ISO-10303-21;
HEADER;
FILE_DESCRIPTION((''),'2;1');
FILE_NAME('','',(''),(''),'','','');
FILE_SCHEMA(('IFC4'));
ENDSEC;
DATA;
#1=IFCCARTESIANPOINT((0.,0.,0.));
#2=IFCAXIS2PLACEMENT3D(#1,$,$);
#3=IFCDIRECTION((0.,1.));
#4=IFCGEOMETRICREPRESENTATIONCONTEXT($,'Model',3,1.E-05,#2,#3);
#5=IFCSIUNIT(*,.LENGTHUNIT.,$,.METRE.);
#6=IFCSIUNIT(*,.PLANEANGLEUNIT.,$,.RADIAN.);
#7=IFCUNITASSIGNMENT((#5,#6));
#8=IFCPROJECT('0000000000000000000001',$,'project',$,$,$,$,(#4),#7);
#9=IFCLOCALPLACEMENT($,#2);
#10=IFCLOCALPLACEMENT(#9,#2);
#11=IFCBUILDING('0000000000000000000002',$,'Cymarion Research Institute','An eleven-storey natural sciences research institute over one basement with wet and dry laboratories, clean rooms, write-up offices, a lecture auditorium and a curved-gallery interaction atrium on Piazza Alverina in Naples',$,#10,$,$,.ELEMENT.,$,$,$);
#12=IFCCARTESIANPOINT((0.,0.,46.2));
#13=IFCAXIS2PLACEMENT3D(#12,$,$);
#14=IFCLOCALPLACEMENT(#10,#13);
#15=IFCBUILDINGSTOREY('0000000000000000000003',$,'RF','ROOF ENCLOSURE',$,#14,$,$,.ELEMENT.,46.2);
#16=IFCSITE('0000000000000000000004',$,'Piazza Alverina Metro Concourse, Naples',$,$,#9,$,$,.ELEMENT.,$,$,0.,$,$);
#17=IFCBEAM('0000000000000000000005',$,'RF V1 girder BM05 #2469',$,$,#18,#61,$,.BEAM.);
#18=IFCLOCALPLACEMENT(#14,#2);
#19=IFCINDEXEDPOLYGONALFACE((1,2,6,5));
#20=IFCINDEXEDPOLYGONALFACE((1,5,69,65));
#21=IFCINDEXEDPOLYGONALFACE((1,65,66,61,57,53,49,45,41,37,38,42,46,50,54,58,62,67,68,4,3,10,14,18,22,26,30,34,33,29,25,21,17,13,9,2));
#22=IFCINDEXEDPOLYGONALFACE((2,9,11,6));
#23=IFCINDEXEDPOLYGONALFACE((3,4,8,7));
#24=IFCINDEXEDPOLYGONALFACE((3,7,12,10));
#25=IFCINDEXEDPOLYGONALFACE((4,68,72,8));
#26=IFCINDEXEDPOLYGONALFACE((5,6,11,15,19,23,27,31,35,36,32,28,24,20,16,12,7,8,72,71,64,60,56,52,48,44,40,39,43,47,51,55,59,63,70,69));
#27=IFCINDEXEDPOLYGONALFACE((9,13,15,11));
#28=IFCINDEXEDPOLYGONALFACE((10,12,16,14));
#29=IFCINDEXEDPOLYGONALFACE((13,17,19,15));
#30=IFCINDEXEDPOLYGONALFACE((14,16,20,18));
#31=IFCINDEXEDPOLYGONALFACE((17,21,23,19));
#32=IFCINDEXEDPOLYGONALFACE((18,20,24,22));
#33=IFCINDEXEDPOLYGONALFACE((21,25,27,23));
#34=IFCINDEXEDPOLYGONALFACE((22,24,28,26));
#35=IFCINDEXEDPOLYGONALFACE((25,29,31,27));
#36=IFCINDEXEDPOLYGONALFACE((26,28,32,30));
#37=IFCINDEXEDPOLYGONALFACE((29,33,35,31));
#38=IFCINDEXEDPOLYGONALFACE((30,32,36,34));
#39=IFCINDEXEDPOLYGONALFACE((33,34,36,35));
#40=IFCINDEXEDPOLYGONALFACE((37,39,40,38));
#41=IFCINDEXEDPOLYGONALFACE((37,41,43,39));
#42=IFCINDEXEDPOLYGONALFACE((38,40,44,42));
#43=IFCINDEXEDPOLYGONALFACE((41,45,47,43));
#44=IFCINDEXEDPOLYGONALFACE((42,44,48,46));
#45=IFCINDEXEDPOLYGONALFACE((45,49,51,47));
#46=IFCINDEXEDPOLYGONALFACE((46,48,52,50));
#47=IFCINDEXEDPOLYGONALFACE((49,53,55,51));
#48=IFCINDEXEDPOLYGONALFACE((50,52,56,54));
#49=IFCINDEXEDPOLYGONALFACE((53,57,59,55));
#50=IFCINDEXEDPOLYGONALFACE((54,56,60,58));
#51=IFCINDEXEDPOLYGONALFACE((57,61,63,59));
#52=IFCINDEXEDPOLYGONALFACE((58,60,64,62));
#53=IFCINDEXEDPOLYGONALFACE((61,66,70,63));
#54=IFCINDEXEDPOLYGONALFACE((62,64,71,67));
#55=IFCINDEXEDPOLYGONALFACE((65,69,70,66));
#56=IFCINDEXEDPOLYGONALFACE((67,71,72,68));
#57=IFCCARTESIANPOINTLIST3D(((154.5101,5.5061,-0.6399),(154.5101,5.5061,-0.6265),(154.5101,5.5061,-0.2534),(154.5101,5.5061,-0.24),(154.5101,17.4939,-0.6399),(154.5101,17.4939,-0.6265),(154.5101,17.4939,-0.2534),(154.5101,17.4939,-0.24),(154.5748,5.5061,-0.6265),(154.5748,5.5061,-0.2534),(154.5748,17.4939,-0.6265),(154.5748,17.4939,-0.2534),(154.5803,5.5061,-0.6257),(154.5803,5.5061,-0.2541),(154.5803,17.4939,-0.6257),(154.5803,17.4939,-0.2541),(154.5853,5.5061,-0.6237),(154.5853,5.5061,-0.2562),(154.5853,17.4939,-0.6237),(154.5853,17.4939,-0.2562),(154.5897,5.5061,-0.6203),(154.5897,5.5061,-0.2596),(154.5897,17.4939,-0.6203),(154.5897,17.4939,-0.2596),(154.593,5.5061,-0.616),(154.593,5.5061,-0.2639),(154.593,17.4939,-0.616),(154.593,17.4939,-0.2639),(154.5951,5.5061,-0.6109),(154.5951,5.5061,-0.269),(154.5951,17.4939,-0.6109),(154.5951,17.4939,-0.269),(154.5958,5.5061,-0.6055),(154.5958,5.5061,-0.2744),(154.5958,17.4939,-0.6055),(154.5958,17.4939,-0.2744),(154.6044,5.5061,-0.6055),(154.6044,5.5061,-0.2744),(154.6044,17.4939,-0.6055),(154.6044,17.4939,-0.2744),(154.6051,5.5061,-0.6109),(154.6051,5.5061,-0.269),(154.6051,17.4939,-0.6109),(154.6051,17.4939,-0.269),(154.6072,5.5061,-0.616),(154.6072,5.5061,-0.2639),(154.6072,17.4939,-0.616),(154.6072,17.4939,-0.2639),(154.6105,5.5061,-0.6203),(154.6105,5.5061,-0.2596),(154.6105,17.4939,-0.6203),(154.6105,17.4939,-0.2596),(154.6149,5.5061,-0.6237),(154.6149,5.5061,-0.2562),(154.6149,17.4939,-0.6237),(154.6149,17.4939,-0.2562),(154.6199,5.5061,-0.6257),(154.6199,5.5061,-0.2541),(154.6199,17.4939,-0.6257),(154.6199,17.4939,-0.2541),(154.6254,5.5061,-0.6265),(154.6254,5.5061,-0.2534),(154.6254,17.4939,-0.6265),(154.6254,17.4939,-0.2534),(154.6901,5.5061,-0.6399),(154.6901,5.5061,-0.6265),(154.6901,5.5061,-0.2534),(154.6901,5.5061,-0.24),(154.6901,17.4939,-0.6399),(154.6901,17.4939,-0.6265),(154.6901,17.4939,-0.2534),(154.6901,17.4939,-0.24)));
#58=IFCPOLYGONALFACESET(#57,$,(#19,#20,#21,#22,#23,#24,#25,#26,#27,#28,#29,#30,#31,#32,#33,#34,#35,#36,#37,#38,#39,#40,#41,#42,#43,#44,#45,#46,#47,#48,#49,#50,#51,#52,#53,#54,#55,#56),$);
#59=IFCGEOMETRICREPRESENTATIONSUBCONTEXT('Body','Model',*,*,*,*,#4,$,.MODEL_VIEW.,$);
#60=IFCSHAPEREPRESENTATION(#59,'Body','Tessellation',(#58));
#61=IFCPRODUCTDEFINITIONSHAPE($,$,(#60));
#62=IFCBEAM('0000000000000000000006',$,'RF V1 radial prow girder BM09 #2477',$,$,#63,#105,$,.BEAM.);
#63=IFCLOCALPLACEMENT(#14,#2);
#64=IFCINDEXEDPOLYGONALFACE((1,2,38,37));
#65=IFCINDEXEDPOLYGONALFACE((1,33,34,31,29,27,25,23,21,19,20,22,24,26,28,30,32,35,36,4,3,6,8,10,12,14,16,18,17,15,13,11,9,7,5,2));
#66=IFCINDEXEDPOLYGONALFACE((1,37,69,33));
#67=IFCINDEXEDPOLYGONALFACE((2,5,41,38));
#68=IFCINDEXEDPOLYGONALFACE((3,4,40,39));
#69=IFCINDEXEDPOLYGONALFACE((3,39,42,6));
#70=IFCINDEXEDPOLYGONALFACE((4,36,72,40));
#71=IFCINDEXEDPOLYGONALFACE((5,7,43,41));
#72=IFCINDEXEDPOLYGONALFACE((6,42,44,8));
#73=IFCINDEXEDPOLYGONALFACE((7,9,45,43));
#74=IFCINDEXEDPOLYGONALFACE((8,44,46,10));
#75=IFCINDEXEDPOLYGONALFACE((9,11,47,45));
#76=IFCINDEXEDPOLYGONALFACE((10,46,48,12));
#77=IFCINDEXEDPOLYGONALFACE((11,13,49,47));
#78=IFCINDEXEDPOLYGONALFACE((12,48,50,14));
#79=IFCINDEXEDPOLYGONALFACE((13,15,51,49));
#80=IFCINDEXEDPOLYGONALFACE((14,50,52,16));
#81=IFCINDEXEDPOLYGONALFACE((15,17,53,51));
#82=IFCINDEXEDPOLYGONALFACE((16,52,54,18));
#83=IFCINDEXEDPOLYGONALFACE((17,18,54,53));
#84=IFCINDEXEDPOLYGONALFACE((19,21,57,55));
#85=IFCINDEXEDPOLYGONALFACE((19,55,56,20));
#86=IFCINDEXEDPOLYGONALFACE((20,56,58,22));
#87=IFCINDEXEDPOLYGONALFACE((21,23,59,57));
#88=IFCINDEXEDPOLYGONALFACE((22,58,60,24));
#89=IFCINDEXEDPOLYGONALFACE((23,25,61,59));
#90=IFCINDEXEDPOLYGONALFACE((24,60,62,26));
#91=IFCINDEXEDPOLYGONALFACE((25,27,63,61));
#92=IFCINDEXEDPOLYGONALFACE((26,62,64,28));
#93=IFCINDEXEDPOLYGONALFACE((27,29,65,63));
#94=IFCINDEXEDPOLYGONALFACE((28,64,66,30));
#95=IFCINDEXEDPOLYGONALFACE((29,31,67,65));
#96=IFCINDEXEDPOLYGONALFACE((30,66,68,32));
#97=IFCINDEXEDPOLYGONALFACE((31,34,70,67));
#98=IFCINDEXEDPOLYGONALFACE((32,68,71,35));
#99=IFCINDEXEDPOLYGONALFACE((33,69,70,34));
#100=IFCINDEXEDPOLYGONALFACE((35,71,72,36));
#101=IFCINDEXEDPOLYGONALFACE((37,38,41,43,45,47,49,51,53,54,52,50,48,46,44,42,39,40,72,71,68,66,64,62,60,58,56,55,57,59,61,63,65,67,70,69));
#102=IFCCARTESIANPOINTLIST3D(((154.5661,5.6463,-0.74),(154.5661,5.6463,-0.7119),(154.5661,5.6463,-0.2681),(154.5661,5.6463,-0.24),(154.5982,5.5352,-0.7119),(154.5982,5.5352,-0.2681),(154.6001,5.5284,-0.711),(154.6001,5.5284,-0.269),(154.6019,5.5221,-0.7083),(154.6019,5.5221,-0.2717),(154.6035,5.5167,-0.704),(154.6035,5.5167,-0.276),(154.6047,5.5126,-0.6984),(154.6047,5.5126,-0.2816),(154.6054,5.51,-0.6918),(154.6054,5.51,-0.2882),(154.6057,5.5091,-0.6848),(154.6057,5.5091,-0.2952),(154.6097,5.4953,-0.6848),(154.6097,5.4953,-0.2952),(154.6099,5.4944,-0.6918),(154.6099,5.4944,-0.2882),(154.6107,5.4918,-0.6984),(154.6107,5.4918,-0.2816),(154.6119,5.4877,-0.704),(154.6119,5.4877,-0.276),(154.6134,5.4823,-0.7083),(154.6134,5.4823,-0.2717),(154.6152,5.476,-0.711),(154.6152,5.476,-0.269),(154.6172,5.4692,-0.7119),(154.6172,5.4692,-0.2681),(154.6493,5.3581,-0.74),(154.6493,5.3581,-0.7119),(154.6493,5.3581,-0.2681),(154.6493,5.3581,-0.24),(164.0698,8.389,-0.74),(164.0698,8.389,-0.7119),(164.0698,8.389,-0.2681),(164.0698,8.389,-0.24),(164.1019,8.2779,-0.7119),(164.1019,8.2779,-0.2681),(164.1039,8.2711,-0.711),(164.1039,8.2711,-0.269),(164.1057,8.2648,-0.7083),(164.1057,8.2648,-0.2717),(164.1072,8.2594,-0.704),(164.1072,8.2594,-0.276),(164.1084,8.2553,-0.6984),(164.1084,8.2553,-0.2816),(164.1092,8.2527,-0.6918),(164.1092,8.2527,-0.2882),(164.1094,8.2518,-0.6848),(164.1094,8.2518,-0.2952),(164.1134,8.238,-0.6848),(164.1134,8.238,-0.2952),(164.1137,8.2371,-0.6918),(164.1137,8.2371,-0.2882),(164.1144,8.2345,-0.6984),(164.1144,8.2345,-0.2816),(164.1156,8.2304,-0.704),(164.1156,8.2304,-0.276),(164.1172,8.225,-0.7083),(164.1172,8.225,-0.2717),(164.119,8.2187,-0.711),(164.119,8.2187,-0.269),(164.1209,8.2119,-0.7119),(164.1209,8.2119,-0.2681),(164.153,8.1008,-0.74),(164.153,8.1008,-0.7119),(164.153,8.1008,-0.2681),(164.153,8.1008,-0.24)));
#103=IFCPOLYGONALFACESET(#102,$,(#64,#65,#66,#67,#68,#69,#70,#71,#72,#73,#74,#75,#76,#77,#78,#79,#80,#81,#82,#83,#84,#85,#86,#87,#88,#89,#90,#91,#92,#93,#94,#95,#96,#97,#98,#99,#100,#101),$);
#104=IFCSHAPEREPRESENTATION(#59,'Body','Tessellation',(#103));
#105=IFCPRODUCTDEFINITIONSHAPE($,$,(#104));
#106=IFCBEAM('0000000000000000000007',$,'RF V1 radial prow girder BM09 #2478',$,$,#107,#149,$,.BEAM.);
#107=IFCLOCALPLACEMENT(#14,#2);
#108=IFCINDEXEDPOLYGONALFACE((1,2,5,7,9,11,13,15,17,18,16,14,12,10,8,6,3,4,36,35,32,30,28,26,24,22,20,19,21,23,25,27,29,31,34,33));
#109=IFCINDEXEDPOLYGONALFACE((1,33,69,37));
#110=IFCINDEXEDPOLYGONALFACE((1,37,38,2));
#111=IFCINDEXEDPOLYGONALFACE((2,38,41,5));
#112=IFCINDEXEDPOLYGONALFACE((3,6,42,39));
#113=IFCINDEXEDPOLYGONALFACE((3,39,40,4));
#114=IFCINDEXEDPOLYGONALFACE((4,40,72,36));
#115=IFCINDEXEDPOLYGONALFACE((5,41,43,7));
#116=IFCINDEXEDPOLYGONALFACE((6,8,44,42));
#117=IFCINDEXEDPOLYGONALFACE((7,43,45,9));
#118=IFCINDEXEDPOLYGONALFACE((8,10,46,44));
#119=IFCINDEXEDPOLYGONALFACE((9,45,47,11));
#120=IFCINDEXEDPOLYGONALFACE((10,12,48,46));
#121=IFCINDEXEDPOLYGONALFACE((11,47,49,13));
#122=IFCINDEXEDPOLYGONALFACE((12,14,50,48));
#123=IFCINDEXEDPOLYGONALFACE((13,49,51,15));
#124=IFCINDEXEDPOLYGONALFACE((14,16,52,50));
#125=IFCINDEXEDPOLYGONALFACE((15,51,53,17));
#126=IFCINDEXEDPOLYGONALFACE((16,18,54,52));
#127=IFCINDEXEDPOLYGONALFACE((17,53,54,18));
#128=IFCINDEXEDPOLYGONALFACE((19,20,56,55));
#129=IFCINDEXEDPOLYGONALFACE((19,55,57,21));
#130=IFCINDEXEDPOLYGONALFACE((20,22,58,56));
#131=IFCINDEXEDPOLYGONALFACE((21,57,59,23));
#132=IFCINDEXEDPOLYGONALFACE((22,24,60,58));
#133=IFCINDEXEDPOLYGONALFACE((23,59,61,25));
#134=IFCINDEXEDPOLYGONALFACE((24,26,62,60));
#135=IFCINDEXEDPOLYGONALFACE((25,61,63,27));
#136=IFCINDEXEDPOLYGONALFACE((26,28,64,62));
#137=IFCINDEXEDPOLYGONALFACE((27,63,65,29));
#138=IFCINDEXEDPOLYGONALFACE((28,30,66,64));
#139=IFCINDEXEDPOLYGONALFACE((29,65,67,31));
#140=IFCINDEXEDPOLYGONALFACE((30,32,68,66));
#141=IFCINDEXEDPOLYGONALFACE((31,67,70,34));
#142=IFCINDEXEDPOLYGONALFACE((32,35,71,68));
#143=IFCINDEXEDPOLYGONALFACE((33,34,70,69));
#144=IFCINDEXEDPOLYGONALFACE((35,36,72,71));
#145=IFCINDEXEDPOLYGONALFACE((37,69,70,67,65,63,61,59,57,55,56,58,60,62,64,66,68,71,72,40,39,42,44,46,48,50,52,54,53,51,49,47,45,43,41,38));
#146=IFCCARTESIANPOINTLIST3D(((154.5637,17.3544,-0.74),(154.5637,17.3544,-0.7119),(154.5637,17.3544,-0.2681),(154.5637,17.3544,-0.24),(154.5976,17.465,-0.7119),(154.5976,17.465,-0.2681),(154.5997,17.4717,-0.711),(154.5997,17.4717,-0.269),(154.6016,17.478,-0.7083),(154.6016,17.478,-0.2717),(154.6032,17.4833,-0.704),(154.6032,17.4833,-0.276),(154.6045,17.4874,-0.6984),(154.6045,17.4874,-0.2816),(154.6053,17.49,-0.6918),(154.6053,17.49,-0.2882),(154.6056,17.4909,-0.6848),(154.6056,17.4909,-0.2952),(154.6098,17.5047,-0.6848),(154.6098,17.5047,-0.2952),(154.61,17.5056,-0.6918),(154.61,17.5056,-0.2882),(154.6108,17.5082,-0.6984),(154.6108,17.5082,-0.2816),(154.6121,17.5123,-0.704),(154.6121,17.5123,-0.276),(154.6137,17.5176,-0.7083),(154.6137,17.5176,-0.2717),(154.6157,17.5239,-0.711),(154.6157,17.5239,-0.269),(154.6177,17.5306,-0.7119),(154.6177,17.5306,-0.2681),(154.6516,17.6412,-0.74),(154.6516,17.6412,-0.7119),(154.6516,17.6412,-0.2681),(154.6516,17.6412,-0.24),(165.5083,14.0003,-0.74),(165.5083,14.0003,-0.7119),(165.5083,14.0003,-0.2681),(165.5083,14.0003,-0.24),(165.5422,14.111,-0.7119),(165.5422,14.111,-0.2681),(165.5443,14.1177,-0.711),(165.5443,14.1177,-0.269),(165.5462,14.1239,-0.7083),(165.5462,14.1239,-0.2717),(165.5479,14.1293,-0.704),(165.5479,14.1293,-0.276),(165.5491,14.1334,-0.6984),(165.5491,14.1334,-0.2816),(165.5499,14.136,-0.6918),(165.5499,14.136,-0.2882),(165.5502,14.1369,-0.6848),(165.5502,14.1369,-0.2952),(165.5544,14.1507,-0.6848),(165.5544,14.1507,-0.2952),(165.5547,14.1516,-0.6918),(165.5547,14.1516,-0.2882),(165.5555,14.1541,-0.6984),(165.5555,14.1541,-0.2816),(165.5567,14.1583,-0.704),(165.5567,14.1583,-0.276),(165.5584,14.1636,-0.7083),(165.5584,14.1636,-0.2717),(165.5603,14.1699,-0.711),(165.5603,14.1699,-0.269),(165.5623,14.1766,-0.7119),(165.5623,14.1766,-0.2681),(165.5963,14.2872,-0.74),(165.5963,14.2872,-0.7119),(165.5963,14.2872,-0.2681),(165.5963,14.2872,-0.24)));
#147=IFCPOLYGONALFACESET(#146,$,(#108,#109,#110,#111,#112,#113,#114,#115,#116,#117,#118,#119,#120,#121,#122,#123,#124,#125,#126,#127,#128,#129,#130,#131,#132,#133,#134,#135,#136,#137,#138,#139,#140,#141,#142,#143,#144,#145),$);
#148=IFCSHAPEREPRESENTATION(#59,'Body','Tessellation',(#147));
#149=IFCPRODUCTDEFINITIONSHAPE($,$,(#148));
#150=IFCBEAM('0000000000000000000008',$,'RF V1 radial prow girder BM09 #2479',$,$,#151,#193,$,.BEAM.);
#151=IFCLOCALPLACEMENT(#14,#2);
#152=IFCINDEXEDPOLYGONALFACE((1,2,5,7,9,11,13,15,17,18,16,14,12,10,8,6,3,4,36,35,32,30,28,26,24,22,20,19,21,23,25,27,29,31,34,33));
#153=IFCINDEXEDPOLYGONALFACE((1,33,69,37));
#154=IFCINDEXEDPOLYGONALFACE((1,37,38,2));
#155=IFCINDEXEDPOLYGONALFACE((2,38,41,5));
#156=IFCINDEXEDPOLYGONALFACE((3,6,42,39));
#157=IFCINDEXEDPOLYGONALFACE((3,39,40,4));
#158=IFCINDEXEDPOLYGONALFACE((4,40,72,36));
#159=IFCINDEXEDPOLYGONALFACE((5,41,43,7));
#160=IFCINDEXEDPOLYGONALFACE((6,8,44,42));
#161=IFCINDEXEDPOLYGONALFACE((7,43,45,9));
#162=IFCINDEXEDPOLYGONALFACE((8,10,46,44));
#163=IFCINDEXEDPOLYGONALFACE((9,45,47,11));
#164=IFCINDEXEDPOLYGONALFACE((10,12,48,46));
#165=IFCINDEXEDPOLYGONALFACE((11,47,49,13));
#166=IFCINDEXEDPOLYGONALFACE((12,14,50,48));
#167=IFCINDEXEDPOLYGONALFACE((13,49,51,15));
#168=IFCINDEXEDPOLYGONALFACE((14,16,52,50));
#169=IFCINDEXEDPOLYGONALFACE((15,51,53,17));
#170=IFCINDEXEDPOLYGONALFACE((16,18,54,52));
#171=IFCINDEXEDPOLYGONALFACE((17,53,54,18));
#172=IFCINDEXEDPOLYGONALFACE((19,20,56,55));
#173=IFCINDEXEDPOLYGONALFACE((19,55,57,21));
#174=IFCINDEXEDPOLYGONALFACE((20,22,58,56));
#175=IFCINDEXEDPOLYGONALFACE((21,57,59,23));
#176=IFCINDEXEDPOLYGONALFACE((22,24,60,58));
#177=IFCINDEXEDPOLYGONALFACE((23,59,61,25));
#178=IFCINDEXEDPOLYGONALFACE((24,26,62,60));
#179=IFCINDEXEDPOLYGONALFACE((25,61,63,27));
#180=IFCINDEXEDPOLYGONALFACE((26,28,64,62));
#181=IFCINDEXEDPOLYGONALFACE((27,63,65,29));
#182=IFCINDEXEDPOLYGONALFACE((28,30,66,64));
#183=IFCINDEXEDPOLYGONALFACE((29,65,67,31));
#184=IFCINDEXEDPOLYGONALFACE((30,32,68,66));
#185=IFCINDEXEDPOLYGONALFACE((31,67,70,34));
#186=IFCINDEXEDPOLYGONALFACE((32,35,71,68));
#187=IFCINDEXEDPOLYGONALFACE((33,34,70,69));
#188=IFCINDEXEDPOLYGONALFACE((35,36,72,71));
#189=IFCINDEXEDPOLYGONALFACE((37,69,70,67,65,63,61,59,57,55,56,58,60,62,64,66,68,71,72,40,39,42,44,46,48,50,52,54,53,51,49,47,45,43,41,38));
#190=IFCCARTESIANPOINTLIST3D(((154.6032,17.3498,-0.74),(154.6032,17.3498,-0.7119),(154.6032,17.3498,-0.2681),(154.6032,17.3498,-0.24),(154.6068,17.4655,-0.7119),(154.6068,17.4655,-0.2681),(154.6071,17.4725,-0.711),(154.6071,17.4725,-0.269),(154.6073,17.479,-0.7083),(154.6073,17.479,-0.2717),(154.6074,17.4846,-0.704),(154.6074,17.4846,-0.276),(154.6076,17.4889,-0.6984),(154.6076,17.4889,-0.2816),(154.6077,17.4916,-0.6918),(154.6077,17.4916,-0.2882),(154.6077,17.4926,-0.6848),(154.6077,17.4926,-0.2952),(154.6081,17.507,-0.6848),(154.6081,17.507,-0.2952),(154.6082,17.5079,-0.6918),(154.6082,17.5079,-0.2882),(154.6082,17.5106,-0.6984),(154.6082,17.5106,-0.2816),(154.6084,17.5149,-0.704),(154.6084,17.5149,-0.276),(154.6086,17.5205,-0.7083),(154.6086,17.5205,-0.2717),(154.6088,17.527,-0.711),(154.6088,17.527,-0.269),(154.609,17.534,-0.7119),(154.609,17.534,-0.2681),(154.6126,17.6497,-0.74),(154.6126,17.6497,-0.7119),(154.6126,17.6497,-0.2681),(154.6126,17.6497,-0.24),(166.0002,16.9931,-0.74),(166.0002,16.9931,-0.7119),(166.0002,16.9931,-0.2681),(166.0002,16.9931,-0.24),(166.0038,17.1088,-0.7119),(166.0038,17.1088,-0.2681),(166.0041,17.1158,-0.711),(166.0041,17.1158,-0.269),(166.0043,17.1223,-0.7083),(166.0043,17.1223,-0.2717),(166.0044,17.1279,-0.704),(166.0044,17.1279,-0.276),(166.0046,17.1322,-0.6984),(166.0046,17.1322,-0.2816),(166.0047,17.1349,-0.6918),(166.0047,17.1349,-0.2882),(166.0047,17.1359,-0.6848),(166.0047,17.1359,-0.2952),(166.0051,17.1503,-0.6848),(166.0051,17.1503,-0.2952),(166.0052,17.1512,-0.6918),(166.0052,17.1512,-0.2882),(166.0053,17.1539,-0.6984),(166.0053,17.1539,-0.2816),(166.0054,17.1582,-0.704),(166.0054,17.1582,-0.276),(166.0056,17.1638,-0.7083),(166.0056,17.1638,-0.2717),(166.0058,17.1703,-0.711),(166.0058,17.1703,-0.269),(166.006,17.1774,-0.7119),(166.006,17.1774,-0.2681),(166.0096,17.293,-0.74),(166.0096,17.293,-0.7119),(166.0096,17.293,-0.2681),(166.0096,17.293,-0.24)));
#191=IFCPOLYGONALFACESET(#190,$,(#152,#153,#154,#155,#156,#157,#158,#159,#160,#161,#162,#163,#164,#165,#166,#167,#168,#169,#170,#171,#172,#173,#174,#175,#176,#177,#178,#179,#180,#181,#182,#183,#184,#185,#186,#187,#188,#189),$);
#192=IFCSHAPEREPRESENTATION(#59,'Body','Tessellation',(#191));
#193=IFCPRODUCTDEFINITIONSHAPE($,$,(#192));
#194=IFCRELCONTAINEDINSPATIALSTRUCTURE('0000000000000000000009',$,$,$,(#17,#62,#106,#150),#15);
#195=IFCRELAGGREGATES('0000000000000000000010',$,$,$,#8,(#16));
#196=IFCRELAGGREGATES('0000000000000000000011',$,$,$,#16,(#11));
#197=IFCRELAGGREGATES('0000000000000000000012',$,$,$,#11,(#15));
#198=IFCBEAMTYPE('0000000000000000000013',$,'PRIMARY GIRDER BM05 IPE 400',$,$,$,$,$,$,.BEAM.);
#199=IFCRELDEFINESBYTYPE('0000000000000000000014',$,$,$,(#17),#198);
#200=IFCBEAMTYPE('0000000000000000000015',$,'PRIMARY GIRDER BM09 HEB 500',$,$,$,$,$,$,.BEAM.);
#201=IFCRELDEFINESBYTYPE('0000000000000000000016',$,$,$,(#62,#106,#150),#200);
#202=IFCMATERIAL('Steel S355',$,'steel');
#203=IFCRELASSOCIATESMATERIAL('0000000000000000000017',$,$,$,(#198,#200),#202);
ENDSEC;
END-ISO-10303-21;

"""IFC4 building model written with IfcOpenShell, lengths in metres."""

from ifc_helpers import new_model, si_unit, direction, frame, origin, origin_2d, place, context, subcontext, project, spatial, i_section, extrude, material, material_profile, profile_set, type_object, element, save


model = new_model("IFC4")

# Units and contexts
model_context = context("Model", 3, precision=1e-05, world=origin(), true_north=direction((0.0, 1.0)))
body_context = subcontext(model_context, "Body", "Model", "MODEL_VIEW")
ifc_project = project(units=[si_unit("LENGTHUNIT", "METRE"), si_unit("PLANEANGLEUNIT", "RADIAN")], contexts=[model_context])

# Site, building, storey
site_placement = place(None, origin())
site = spatial("IfcSite", under=ifc_project, at=site_placement, Name="Piazza Alverina Metro Concourse, Naples", CompositionType="ELEMENT", RefElevation=0.0)
building_placement = place(site_placement, origin())
building = spatial("IfcBuilding", under=site, at=building_placement, Name="Cymarion Research Institute", Description="An eleven-storey natural sciences research institute over one basement with wet and dry laboratories, clean rooms, write-up offices, a lecture auditorium and a curved-gallery interaction atrium on Piazza Alverina in Naples", CompositionType="ELEMENT")
storey_placement = place(building_placement, frame((0.0, 0.0, 46.2)))
storey = spatial("IfcBuildingStorey", under=building, at=storey_placement, Name="RF", Description="ROOF ENCLOSURE", CompositionType="ELEMENT", Elevation=46.2)

# Beams
ifc_material_1 = material(Name="Steel S355", Category="steel")
ifc_material_profile_1 = material_profile(ifc_material_1, i_section(OverallWidth=0.1799, OverallDepth=0.3999, WebThickness=0.0085, FlangeThickness=0.0134, FilletRadius=0.021, at=origin_2d()), Name="IPE 400")
ifc_profile_set_1 = profile_set([ifc_material_profile_1], Name="Steel S355")
beam_type_1 = type_object("IfcBeamType", Name="PRIMARY GIRDER BM05 IPE 400", PredefinedType="BEAM", material=ifc_profile_set_1)
beam_1_placement = place(storey_placement, frame((154.6001, 5.5061, -0.4399), z_axis=(0.0, 1.0, 0.0), x_axis=(-1.0, 0.0, 0.0)))
element("IfcBeam", 1, at=beam_1_placement, inside=storey, type_object=beam_type_1, Name="RF V1 girder BM05 #2469", PredefinedType="BEAM", context=body_context, shape_type="SweptSolid", body=[
    extrude(i_section(OverallWidth=0.1799, OverallDepth=0.3999, WebThickness=0.0085, FlangeThickness=0.0134, FilletRadius=0.021, at=origin_2d()), origin(), (0.0, 0.0, 1.0), 11.9878),
])
ifc_material_profile_2 = material_profile(ifc_material_1, i_section(OverallWidth=0.3, OverallDepth=0.5, WebThickness=0.0144, FlangeThickness=0.0281, FilletRadius=0.0271, at=origin_2d()), Name="HEB 500")
ifc_profile_set_2 = profile_set([ifc_material_profile_2], Name="Steel S355")
beam_type_2 = type_object("IfcBeamType", Name="PRIMARY GIRDER BM09 HEB 500", PredefinedType="BEAM", material=ifc_profile_set_2)
beam_2_placement = place(storey_placement, frame((154.6077, 5.5022, -0.49), z_axis=(0.96079, 0.277276, 0.0), x_axis=(-0.277276, 0.96079, 0.0)))
element("IfcBeam", 2, at=beam_2_placement, inside=storey, type_object=beam_type_2, Name="RF V1 radial prow girder BM09 #2477", PredefinedType="BEAM", context=body_context, shape_type="SweptSolid", body=[
    extrude(i_section(OverallWidth=0.3, OverallDepth=0.5, WebThickness=0.0144, FlangeThickness=0.0281, FilletRadius=0.0271, at=origin_2d()), origin(), (0.0, 0.0, 1.0), 9.8916),
])
beam_3_placement = place(storey_placement, frame((154.6077, 17.4978, -0.49), z_axis=(0.956111, -0.293004, 0.0), x_axis=(0.293004, 0.956111, 0.0)))
element("IfcBeam", 3, at=beam_3_placement, inside=storey, type_object=beam_type_2, Name="RF V1 radial prow girder BM09 #2478", PredefinedType="BEAM", context=body_context, shape_type="SweptSolid", body=[
    extrude(i_section(OverallWidth=0.3, OverallDepth=0.5, WebThickness=0.0144, FlangeThickness=0.0281, FilletRadius=0.0271, at=origin_2d()), origin(), (0.0, 0.0, 1.0), 11.447),
])
beam_4_placement = place(storey_placement, frame((154.6079, 17.4998, -0.49), z_axis=(0.999511, -0.031282, 0.0), x_axis=(0.031282, 0.999511, 0.0)))
element("IfcBeam", 4, at=beam_4_placement, inside=storey, type_object=beam_type_2, Name="RF V1 radial prow girder BM09 #2479", PredefinedType="BEAM", context=body_context, shape_type="SweptSolid", body=[
    extrude(i_section(OverallWidth=0.3, OverallDepth=0.5, WebThickness=0.0144, FlangeThickness=0.0281, FilletRadius=0.0271, at=origin_2d()), origin(), (0.0, 0.0, 1.0), 11.4026),
])

save(model, "model.ifc")
